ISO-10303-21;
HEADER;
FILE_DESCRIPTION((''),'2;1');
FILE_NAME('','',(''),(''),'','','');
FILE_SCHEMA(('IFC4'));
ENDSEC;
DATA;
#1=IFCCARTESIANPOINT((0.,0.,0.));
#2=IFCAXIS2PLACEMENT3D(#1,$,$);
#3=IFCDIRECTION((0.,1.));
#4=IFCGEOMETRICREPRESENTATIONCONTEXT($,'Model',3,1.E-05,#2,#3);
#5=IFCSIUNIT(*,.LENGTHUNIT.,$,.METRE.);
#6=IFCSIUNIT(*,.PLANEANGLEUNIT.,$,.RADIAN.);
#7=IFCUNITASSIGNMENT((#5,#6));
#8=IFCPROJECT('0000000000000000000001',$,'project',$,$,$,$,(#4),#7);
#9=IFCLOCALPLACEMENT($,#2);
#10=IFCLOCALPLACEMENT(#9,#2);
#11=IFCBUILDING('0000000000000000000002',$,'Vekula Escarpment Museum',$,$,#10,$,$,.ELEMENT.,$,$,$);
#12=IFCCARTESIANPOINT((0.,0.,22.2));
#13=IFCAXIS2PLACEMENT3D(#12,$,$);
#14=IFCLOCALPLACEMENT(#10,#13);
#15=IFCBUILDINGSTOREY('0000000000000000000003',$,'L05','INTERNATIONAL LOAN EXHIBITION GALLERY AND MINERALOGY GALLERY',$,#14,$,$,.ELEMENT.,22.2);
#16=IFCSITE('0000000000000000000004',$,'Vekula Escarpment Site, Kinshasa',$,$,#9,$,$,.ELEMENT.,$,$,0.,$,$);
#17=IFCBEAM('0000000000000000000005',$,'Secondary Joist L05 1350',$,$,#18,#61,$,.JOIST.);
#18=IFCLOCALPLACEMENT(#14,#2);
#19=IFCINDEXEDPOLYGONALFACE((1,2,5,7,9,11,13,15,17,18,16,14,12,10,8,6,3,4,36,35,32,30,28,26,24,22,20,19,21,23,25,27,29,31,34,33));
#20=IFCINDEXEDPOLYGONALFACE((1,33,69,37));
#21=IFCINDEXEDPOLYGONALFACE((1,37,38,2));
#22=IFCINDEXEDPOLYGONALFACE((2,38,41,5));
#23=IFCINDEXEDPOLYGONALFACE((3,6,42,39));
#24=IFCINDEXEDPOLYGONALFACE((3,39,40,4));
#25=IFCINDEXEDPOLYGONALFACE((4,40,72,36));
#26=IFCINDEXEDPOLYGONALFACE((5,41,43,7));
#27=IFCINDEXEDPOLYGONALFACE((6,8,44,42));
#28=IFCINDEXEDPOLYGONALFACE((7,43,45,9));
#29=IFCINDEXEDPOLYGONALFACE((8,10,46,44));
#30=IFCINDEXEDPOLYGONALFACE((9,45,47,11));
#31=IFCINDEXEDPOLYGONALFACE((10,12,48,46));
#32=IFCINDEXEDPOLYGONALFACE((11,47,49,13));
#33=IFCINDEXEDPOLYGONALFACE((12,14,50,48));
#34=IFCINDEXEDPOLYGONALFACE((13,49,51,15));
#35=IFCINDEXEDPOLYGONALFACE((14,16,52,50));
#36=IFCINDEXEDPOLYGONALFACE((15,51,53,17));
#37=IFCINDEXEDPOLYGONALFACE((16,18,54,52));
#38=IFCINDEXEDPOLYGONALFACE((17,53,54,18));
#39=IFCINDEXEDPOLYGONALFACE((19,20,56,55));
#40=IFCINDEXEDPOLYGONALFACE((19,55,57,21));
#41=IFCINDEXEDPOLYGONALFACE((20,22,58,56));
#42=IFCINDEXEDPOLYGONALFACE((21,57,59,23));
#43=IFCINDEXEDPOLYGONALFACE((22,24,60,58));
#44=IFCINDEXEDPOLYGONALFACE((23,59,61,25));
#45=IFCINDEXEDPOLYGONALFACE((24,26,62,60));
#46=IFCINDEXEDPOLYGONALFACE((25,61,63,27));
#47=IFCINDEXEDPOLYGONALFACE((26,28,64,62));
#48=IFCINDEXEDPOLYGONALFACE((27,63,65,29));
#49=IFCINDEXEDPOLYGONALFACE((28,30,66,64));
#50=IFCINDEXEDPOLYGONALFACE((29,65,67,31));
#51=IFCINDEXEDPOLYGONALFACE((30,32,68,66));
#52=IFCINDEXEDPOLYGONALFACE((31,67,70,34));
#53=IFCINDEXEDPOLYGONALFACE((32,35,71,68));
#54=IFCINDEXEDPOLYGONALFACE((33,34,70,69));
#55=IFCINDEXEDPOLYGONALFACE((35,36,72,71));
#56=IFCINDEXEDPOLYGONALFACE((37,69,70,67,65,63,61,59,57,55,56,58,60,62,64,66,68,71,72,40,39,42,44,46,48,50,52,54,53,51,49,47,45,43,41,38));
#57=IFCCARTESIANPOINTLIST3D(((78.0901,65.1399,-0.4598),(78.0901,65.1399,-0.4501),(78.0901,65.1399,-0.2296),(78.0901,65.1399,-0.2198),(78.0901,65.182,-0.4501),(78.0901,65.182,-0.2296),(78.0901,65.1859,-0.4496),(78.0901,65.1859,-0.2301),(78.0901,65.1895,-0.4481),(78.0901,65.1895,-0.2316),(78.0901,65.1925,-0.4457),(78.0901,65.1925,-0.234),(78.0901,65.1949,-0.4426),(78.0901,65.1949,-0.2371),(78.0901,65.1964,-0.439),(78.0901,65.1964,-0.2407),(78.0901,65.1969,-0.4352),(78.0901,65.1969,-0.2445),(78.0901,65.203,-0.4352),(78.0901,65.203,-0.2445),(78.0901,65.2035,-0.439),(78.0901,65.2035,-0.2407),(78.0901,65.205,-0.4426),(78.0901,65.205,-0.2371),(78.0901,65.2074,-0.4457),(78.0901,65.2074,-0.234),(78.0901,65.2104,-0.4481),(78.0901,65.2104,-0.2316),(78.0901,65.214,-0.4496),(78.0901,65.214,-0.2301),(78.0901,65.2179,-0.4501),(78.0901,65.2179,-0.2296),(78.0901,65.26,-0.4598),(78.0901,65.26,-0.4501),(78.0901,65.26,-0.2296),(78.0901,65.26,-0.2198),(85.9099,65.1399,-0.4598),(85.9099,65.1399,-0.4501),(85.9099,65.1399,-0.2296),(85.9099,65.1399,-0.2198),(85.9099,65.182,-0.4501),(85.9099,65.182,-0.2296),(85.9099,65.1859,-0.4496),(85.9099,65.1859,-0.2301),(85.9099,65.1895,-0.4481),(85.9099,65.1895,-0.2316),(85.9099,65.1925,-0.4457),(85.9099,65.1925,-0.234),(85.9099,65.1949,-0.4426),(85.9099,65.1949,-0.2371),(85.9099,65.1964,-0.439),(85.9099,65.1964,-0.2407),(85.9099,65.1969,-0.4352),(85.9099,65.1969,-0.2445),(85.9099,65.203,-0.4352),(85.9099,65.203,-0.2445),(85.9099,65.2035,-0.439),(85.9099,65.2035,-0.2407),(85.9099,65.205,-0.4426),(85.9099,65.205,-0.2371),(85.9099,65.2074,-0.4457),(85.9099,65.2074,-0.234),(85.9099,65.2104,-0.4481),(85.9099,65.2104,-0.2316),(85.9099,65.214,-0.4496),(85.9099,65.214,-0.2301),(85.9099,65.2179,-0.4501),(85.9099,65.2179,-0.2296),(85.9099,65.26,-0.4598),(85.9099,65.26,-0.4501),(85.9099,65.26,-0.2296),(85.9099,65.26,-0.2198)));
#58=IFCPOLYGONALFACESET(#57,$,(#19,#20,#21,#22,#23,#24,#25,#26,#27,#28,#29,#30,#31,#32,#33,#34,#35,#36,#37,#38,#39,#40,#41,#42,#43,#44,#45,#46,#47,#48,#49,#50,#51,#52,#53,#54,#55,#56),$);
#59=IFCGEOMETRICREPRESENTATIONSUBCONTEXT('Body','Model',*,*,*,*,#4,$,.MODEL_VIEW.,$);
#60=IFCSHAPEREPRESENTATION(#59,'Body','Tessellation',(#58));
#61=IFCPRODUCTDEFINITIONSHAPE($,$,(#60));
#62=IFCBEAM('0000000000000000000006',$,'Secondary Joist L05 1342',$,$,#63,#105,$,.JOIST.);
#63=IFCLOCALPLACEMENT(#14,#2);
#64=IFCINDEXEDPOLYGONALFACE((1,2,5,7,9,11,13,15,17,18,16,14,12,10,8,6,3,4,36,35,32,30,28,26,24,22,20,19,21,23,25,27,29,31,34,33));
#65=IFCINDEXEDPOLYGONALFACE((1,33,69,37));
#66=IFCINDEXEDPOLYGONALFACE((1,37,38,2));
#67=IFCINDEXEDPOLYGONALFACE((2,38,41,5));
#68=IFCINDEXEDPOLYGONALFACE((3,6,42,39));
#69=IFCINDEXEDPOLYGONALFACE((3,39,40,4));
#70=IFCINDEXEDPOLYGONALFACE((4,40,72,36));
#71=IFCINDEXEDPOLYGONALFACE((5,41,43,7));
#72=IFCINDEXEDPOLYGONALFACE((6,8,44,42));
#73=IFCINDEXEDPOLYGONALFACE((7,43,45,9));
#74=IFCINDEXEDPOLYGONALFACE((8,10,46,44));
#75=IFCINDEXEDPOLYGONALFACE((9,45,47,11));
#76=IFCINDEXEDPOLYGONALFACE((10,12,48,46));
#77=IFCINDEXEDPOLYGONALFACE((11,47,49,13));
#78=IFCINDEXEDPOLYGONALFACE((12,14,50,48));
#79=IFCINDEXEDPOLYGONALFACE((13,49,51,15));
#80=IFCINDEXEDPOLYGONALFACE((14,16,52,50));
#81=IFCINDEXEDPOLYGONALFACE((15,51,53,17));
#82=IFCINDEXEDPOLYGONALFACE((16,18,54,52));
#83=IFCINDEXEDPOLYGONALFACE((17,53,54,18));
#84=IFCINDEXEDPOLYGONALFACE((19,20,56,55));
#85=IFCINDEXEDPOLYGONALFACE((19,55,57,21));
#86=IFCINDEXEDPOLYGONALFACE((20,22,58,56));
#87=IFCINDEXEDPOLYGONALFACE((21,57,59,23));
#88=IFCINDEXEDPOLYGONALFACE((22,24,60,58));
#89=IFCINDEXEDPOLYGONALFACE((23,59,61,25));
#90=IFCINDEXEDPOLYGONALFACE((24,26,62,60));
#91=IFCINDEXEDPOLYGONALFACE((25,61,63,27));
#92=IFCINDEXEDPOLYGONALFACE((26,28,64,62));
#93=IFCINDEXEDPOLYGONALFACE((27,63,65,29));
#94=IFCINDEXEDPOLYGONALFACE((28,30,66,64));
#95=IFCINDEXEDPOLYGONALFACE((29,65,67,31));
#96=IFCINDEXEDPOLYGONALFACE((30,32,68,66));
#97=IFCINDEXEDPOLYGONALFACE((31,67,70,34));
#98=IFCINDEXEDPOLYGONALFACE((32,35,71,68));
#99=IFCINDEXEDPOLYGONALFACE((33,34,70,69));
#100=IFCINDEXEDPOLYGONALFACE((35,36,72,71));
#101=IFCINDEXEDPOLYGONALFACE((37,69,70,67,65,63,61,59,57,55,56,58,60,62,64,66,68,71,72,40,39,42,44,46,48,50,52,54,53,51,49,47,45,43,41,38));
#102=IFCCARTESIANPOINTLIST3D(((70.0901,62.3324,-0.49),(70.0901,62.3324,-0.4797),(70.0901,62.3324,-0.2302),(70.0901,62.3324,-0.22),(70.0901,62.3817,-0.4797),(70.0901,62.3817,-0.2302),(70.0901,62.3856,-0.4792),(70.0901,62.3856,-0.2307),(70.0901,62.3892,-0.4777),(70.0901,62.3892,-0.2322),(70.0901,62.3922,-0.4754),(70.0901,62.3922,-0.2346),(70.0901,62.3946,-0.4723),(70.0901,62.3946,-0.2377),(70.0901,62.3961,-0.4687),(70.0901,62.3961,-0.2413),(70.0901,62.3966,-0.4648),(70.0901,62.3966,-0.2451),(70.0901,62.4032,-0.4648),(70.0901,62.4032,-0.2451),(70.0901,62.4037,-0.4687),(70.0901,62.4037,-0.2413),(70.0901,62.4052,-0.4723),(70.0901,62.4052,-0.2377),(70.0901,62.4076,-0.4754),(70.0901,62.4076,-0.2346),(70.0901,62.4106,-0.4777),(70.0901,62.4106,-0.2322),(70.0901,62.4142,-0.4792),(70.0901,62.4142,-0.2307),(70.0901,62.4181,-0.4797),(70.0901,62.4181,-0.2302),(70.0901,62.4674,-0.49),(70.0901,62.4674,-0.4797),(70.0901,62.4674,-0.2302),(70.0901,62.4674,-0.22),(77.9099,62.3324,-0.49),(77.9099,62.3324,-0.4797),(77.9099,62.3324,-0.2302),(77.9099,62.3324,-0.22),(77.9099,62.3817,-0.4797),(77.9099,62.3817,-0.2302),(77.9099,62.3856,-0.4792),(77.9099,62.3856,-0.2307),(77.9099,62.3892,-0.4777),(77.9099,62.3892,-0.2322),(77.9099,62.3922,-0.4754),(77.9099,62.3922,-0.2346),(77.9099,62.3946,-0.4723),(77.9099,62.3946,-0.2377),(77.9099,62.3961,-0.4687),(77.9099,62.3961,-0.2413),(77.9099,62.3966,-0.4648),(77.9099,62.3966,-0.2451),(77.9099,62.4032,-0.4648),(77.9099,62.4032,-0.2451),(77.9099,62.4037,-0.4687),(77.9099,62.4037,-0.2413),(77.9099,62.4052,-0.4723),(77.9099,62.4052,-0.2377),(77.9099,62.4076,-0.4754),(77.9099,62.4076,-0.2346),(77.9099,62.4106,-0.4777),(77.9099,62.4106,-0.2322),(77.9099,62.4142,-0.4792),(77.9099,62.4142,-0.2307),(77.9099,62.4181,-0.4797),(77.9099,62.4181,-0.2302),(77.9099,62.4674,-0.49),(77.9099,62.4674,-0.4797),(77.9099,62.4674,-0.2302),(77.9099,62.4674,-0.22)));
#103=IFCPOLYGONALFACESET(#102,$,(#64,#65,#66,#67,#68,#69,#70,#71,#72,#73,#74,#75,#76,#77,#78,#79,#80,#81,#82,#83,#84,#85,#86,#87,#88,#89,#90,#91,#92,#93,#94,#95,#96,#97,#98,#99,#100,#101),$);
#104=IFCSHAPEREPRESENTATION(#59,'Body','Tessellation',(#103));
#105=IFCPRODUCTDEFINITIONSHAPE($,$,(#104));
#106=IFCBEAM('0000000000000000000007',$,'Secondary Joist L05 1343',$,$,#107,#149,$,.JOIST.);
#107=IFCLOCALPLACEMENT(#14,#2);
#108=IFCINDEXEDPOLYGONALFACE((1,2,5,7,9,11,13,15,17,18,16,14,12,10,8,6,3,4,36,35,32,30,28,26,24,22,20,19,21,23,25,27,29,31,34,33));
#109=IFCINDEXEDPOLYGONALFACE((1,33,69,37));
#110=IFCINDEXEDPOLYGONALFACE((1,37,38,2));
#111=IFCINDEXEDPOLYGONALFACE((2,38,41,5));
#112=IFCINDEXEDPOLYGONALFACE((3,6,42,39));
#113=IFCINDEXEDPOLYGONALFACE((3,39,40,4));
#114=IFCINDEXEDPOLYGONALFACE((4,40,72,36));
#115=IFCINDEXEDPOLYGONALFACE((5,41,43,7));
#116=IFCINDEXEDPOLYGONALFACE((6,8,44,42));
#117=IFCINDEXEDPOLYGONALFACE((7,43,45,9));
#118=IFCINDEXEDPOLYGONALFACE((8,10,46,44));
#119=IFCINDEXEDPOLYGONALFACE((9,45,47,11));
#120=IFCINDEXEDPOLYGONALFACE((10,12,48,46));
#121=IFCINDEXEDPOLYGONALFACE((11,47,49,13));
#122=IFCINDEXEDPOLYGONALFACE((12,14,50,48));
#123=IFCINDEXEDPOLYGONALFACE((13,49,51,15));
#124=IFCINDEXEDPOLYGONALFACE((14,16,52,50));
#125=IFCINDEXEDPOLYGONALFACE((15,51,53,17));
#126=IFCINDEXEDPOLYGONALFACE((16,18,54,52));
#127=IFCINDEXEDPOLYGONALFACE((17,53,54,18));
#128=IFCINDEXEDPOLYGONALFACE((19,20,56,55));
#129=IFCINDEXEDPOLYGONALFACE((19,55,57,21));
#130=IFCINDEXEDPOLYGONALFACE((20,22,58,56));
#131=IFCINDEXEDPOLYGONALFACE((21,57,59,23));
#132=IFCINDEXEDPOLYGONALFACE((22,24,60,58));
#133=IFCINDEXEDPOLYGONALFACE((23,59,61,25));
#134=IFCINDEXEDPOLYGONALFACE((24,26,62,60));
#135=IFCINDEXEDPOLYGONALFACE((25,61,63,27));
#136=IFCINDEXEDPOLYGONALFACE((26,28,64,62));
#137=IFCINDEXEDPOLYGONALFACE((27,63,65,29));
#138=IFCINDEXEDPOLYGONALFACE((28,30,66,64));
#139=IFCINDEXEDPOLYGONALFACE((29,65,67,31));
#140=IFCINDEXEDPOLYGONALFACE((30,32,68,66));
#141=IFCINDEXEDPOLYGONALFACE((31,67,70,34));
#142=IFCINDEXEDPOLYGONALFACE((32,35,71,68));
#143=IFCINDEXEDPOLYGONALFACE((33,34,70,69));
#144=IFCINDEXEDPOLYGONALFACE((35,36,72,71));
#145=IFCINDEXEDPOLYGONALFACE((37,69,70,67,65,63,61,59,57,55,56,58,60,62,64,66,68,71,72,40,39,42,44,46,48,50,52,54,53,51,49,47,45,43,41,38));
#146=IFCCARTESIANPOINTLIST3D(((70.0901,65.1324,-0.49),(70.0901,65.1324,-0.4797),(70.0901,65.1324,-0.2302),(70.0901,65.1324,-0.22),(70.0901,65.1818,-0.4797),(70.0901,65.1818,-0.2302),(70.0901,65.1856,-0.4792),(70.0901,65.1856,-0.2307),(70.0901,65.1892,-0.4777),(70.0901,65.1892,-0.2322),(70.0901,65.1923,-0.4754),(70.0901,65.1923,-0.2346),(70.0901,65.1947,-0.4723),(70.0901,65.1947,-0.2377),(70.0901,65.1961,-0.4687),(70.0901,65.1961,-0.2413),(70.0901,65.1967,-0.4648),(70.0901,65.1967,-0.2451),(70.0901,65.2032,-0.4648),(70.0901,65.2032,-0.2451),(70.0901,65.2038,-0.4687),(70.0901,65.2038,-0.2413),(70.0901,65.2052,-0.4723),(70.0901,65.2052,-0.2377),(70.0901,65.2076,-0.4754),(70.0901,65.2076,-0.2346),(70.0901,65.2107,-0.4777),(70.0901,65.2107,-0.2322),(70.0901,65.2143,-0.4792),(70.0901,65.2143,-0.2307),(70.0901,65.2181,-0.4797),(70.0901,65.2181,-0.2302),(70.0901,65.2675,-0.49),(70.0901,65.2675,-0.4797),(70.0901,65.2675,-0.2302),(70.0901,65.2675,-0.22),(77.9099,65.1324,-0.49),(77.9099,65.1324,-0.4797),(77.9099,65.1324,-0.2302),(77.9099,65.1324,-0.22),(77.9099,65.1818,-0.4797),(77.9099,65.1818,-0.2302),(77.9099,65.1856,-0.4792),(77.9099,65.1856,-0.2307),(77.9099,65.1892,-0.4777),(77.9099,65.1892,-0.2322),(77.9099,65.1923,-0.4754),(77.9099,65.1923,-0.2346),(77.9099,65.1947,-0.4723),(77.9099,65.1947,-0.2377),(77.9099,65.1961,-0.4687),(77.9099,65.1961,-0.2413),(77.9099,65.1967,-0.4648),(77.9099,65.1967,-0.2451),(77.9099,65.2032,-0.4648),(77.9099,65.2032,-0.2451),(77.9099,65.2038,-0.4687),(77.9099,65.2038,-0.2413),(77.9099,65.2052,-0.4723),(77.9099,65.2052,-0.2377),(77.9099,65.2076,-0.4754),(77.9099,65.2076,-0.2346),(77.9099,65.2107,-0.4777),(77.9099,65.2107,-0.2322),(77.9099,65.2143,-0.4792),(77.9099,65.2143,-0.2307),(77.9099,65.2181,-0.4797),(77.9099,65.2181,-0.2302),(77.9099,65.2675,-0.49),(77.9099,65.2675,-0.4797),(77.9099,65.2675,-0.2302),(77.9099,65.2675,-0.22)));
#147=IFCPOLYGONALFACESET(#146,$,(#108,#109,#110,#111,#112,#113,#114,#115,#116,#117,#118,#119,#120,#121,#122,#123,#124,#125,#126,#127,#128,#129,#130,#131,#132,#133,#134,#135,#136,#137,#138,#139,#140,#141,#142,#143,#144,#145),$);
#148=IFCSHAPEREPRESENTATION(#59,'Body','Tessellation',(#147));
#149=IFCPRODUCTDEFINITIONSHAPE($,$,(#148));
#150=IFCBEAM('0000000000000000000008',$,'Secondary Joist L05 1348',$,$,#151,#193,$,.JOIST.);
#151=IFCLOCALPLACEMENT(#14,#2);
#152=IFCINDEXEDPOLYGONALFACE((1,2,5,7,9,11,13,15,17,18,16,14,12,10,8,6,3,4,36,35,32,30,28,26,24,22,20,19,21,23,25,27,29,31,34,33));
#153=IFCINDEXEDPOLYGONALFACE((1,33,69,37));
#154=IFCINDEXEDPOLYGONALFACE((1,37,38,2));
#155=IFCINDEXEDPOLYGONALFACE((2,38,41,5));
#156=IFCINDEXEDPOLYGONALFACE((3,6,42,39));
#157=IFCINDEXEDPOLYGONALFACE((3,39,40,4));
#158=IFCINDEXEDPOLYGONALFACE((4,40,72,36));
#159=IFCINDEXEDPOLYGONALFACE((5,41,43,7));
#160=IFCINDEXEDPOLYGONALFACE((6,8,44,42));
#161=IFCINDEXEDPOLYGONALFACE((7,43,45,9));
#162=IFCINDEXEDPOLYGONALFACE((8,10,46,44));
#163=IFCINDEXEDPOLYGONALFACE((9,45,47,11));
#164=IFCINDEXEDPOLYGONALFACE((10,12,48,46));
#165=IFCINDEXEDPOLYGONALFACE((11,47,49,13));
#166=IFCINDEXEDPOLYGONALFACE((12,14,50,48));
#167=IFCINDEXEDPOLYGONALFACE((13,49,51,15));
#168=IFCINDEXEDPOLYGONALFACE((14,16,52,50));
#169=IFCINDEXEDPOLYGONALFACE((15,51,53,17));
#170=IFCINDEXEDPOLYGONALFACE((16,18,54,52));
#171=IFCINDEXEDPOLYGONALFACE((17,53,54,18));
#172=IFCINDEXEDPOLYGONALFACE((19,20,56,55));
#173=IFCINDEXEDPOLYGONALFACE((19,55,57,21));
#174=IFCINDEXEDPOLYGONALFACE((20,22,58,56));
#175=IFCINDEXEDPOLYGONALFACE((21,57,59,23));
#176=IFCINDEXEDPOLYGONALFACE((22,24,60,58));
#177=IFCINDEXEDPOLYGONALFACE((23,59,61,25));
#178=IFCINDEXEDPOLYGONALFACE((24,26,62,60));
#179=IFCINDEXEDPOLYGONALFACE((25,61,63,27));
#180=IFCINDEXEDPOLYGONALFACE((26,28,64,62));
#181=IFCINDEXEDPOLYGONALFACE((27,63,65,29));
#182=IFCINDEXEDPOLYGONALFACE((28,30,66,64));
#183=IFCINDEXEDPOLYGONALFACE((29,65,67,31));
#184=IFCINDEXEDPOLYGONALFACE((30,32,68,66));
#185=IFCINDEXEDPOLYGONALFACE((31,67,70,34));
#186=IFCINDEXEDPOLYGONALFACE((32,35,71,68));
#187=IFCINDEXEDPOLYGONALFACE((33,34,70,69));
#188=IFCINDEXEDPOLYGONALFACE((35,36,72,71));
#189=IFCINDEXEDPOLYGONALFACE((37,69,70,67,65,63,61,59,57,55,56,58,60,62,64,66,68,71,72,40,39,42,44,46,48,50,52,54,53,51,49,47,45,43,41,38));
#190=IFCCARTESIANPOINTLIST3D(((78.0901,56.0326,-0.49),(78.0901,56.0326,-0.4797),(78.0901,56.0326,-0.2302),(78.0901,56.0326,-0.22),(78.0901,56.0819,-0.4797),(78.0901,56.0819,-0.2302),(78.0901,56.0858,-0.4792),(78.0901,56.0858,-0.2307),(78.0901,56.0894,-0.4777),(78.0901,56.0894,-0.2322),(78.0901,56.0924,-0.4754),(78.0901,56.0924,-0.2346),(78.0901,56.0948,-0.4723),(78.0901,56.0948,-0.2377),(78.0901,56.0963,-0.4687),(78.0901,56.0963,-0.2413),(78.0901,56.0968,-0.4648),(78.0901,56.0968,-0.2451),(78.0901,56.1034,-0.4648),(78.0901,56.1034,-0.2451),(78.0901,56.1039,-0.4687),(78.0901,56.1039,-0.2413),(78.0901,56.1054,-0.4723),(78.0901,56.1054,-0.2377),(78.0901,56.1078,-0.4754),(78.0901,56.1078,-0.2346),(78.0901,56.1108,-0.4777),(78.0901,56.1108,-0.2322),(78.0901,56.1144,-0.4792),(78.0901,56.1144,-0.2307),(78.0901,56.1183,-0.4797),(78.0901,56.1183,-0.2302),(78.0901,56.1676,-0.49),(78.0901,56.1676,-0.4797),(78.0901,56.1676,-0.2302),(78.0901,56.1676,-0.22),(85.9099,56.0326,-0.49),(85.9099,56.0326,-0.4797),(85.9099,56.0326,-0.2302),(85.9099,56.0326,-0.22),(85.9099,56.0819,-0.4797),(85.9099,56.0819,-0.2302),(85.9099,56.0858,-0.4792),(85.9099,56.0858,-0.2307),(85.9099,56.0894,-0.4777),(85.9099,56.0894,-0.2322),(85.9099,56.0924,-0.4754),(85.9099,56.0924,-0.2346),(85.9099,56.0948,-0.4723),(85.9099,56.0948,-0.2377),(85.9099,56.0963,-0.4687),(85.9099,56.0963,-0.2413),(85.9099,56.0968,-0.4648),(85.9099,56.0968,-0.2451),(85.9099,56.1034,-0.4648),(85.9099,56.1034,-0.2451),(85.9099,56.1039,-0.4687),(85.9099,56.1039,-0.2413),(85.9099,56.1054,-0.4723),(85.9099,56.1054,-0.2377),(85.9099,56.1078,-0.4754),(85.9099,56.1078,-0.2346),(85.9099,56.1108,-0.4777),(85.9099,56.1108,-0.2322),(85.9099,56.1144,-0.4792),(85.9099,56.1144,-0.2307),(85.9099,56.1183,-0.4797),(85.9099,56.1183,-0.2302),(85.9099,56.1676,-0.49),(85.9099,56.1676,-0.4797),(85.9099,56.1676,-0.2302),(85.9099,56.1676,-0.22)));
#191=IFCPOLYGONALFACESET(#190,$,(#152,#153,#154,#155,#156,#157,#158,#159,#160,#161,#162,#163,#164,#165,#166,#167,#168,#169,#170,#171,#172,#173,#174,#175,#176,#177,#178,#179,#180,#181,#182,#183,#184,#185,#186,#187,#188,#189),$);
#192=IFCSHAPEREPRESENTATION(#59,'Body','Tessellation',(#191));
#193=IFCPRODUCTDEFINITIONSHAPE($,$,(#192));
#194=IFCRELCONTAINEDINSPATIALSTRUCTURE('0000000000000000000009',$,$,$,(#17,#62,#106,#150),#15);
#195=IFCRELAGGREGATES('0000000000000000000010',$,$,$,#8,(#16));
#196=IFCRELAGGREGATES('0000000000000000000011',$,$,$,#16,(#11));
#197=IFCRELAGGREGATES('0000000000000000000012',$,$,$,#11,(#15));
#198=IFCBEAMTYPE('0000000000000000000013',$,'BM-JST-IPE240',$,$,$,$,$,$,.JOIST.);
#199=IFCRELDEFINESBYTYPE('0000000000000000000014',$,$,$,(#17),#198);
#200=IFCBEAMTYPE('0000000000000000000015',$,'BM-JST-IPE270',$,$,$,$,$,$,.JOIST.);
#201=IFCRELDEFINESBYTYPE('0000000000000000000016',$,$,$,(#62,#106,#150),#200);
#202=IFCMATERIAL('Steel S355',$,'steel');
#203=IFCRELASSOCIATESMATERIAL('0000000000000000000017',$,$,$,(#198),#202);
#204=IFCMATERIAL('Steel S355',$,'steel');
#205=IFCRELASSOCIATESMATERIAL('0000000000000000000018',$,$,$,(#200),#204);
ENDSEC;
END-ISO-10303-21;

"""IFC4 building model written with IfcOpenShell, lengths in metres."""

from ifc_helpers import new_model, si_unit, direction, frame, origin, origin_2d, place, context, subcontext, project, spatial, i_section, extrude, material, material_profile, profile_set, type_object, element, save


model = new_model("IFC4")

# Units and contexts
model_context = context("Model", 3, precision=1e-05, world=origin(), true_north=direction((0.0, 1.0)))
body_context = subcontext(model_context, "Body", "Model", "MODEL_VIEW")
ifc_project = project(units=[si_unit("LENGTHUNIT", "METRE"), si_unit("PLANEANGLEUNIT", "RADIAN")], contexts=[model_context])

# Site, building, storey
site_placement = place(None, origin())
site = spatial("IfcSite", under=ifc_project, at=site_placement, Name="Vekula Escarpment Site, Kinshasa", CompositionType="ELEMENT", RefElevation=0.0)
building_placement = place(site_placement, origin())
building = spatial("IfcBuilding", under=site, at=building_placement, Name="Vekula Escarpment Museum", CompositionType="ELEMENT")
storey_placement = place(building_placement, frame((0.0, 0.0, 22.2)))
storey = spatial("IfcBuildingStorey", under=building, at=storey_placement, Name="L05", Description="INTERNATIONAL LOAN EXHIBITION GALLERY AND MINERALOGY GALLERY", CompositionType="ELEMENT", Elevation=22.2)

# Beams
ifc_material_1 = material(Name="Steel S355", Category="steel")
ifc_material_profile_1 = material_profile(ifc_material_1, i_section(OverallWidth=0.1201, OverallDepth=0.24, WebThickness=0.0061, FlangeThickness=0.0098, FilletRadius=0.0149, at=origin_2d()), Name="IPE 240")
ifc_profile_set_1 = profile_set([ifc_material_profile_1], Name="Steel S355")
beam_type_1 = type_object("IfcBeamType", Name="BM-JST-IPE240", PredefinedType="JOIST", material=ifc_profile_set_1)
for number, where, z_axis, x_axis, name in (
    (1, (78.0901, 65.2, -0.3398), (1.0, 0.0, 0.0), (0.0, 1.0, 0.0), "Secondary Joist L05 1350"),
):
    element("IfcBeam", number, at=place(storey_placement, frame(where, z_axis=z_axis, x_axis=x_axis)), inside=storey, type_object=beam_type_1, Name=name, PredefinedType="JOIST", context=body_context, shape_type="SweptSolid", body=[
        extrude(i_section(OverallWidth=0.1201, OverallDepth=0.24, WebThickness=0.0061, FlangeThickness=0.0098, FilletRadius=0.0149, at=origin_2d()), origin(), (0.0, 0.0, 1.0), 7.8198),
    ])
ifc_material_2 = material(Name="Steel S355", Category="steel")
ifc_material_profile_2 = material_profile(ifc_material_2, i_section(OverallWidth=0.135, OverallDepth=0.27, WebThickness=0.0066, FlangeThickness=0.0103, FilletRadius=0.0149, at=origin_2d()), Name="IPE 270")
ifc_profile_set_2 = profile_set([ifc_material_profile_2], Name="Steel S355")
beam_type_2 = type_object("IfcBeamType", Name="BM-JST-IPE270", PredefinedType="JOIST", material=ifc_profile_set_2)
for number, where, z_axis, x_axis, name in (
    (2, (70.0901, 62.3999, -0.355), (1.0, 0.0, 0.0), (0.0, 1.0, 0.0), "Secondary Joist L05 1342"),
    (3, (70.0901, 65.2, -0.355), (1.0, 0.0, 0.0), (0.0, 1.0, 0.0), "Secondary Joist L05 1343"),
    (4, (78.0901, 56.1001, -0.355), (1.0, 0.0, 0.0), (0.0, 1.0, 0.0), "Secondary Joist L05 1348"),
):
    element("IfcBeam", number, at=place(storey_placement, frame(where, z_axis=z_axis, x_axis=x_axis)), inside=storey, type_object=beam_type_2, Name=name, PredefinedType="JOIST", context=body_context, shape_type="SweptSolid", body=[
        extrude(i_section(OverallWidth=0.135, OverallDepth=0.27, WebThickness=0.0066, FlangeThickness=0.0103, FilletRadius=0.0149, at=origin_2d()), origin(), (0.0, 0.0, 1.0), 7.8198),
    ])

save(model, "model.ifc")
